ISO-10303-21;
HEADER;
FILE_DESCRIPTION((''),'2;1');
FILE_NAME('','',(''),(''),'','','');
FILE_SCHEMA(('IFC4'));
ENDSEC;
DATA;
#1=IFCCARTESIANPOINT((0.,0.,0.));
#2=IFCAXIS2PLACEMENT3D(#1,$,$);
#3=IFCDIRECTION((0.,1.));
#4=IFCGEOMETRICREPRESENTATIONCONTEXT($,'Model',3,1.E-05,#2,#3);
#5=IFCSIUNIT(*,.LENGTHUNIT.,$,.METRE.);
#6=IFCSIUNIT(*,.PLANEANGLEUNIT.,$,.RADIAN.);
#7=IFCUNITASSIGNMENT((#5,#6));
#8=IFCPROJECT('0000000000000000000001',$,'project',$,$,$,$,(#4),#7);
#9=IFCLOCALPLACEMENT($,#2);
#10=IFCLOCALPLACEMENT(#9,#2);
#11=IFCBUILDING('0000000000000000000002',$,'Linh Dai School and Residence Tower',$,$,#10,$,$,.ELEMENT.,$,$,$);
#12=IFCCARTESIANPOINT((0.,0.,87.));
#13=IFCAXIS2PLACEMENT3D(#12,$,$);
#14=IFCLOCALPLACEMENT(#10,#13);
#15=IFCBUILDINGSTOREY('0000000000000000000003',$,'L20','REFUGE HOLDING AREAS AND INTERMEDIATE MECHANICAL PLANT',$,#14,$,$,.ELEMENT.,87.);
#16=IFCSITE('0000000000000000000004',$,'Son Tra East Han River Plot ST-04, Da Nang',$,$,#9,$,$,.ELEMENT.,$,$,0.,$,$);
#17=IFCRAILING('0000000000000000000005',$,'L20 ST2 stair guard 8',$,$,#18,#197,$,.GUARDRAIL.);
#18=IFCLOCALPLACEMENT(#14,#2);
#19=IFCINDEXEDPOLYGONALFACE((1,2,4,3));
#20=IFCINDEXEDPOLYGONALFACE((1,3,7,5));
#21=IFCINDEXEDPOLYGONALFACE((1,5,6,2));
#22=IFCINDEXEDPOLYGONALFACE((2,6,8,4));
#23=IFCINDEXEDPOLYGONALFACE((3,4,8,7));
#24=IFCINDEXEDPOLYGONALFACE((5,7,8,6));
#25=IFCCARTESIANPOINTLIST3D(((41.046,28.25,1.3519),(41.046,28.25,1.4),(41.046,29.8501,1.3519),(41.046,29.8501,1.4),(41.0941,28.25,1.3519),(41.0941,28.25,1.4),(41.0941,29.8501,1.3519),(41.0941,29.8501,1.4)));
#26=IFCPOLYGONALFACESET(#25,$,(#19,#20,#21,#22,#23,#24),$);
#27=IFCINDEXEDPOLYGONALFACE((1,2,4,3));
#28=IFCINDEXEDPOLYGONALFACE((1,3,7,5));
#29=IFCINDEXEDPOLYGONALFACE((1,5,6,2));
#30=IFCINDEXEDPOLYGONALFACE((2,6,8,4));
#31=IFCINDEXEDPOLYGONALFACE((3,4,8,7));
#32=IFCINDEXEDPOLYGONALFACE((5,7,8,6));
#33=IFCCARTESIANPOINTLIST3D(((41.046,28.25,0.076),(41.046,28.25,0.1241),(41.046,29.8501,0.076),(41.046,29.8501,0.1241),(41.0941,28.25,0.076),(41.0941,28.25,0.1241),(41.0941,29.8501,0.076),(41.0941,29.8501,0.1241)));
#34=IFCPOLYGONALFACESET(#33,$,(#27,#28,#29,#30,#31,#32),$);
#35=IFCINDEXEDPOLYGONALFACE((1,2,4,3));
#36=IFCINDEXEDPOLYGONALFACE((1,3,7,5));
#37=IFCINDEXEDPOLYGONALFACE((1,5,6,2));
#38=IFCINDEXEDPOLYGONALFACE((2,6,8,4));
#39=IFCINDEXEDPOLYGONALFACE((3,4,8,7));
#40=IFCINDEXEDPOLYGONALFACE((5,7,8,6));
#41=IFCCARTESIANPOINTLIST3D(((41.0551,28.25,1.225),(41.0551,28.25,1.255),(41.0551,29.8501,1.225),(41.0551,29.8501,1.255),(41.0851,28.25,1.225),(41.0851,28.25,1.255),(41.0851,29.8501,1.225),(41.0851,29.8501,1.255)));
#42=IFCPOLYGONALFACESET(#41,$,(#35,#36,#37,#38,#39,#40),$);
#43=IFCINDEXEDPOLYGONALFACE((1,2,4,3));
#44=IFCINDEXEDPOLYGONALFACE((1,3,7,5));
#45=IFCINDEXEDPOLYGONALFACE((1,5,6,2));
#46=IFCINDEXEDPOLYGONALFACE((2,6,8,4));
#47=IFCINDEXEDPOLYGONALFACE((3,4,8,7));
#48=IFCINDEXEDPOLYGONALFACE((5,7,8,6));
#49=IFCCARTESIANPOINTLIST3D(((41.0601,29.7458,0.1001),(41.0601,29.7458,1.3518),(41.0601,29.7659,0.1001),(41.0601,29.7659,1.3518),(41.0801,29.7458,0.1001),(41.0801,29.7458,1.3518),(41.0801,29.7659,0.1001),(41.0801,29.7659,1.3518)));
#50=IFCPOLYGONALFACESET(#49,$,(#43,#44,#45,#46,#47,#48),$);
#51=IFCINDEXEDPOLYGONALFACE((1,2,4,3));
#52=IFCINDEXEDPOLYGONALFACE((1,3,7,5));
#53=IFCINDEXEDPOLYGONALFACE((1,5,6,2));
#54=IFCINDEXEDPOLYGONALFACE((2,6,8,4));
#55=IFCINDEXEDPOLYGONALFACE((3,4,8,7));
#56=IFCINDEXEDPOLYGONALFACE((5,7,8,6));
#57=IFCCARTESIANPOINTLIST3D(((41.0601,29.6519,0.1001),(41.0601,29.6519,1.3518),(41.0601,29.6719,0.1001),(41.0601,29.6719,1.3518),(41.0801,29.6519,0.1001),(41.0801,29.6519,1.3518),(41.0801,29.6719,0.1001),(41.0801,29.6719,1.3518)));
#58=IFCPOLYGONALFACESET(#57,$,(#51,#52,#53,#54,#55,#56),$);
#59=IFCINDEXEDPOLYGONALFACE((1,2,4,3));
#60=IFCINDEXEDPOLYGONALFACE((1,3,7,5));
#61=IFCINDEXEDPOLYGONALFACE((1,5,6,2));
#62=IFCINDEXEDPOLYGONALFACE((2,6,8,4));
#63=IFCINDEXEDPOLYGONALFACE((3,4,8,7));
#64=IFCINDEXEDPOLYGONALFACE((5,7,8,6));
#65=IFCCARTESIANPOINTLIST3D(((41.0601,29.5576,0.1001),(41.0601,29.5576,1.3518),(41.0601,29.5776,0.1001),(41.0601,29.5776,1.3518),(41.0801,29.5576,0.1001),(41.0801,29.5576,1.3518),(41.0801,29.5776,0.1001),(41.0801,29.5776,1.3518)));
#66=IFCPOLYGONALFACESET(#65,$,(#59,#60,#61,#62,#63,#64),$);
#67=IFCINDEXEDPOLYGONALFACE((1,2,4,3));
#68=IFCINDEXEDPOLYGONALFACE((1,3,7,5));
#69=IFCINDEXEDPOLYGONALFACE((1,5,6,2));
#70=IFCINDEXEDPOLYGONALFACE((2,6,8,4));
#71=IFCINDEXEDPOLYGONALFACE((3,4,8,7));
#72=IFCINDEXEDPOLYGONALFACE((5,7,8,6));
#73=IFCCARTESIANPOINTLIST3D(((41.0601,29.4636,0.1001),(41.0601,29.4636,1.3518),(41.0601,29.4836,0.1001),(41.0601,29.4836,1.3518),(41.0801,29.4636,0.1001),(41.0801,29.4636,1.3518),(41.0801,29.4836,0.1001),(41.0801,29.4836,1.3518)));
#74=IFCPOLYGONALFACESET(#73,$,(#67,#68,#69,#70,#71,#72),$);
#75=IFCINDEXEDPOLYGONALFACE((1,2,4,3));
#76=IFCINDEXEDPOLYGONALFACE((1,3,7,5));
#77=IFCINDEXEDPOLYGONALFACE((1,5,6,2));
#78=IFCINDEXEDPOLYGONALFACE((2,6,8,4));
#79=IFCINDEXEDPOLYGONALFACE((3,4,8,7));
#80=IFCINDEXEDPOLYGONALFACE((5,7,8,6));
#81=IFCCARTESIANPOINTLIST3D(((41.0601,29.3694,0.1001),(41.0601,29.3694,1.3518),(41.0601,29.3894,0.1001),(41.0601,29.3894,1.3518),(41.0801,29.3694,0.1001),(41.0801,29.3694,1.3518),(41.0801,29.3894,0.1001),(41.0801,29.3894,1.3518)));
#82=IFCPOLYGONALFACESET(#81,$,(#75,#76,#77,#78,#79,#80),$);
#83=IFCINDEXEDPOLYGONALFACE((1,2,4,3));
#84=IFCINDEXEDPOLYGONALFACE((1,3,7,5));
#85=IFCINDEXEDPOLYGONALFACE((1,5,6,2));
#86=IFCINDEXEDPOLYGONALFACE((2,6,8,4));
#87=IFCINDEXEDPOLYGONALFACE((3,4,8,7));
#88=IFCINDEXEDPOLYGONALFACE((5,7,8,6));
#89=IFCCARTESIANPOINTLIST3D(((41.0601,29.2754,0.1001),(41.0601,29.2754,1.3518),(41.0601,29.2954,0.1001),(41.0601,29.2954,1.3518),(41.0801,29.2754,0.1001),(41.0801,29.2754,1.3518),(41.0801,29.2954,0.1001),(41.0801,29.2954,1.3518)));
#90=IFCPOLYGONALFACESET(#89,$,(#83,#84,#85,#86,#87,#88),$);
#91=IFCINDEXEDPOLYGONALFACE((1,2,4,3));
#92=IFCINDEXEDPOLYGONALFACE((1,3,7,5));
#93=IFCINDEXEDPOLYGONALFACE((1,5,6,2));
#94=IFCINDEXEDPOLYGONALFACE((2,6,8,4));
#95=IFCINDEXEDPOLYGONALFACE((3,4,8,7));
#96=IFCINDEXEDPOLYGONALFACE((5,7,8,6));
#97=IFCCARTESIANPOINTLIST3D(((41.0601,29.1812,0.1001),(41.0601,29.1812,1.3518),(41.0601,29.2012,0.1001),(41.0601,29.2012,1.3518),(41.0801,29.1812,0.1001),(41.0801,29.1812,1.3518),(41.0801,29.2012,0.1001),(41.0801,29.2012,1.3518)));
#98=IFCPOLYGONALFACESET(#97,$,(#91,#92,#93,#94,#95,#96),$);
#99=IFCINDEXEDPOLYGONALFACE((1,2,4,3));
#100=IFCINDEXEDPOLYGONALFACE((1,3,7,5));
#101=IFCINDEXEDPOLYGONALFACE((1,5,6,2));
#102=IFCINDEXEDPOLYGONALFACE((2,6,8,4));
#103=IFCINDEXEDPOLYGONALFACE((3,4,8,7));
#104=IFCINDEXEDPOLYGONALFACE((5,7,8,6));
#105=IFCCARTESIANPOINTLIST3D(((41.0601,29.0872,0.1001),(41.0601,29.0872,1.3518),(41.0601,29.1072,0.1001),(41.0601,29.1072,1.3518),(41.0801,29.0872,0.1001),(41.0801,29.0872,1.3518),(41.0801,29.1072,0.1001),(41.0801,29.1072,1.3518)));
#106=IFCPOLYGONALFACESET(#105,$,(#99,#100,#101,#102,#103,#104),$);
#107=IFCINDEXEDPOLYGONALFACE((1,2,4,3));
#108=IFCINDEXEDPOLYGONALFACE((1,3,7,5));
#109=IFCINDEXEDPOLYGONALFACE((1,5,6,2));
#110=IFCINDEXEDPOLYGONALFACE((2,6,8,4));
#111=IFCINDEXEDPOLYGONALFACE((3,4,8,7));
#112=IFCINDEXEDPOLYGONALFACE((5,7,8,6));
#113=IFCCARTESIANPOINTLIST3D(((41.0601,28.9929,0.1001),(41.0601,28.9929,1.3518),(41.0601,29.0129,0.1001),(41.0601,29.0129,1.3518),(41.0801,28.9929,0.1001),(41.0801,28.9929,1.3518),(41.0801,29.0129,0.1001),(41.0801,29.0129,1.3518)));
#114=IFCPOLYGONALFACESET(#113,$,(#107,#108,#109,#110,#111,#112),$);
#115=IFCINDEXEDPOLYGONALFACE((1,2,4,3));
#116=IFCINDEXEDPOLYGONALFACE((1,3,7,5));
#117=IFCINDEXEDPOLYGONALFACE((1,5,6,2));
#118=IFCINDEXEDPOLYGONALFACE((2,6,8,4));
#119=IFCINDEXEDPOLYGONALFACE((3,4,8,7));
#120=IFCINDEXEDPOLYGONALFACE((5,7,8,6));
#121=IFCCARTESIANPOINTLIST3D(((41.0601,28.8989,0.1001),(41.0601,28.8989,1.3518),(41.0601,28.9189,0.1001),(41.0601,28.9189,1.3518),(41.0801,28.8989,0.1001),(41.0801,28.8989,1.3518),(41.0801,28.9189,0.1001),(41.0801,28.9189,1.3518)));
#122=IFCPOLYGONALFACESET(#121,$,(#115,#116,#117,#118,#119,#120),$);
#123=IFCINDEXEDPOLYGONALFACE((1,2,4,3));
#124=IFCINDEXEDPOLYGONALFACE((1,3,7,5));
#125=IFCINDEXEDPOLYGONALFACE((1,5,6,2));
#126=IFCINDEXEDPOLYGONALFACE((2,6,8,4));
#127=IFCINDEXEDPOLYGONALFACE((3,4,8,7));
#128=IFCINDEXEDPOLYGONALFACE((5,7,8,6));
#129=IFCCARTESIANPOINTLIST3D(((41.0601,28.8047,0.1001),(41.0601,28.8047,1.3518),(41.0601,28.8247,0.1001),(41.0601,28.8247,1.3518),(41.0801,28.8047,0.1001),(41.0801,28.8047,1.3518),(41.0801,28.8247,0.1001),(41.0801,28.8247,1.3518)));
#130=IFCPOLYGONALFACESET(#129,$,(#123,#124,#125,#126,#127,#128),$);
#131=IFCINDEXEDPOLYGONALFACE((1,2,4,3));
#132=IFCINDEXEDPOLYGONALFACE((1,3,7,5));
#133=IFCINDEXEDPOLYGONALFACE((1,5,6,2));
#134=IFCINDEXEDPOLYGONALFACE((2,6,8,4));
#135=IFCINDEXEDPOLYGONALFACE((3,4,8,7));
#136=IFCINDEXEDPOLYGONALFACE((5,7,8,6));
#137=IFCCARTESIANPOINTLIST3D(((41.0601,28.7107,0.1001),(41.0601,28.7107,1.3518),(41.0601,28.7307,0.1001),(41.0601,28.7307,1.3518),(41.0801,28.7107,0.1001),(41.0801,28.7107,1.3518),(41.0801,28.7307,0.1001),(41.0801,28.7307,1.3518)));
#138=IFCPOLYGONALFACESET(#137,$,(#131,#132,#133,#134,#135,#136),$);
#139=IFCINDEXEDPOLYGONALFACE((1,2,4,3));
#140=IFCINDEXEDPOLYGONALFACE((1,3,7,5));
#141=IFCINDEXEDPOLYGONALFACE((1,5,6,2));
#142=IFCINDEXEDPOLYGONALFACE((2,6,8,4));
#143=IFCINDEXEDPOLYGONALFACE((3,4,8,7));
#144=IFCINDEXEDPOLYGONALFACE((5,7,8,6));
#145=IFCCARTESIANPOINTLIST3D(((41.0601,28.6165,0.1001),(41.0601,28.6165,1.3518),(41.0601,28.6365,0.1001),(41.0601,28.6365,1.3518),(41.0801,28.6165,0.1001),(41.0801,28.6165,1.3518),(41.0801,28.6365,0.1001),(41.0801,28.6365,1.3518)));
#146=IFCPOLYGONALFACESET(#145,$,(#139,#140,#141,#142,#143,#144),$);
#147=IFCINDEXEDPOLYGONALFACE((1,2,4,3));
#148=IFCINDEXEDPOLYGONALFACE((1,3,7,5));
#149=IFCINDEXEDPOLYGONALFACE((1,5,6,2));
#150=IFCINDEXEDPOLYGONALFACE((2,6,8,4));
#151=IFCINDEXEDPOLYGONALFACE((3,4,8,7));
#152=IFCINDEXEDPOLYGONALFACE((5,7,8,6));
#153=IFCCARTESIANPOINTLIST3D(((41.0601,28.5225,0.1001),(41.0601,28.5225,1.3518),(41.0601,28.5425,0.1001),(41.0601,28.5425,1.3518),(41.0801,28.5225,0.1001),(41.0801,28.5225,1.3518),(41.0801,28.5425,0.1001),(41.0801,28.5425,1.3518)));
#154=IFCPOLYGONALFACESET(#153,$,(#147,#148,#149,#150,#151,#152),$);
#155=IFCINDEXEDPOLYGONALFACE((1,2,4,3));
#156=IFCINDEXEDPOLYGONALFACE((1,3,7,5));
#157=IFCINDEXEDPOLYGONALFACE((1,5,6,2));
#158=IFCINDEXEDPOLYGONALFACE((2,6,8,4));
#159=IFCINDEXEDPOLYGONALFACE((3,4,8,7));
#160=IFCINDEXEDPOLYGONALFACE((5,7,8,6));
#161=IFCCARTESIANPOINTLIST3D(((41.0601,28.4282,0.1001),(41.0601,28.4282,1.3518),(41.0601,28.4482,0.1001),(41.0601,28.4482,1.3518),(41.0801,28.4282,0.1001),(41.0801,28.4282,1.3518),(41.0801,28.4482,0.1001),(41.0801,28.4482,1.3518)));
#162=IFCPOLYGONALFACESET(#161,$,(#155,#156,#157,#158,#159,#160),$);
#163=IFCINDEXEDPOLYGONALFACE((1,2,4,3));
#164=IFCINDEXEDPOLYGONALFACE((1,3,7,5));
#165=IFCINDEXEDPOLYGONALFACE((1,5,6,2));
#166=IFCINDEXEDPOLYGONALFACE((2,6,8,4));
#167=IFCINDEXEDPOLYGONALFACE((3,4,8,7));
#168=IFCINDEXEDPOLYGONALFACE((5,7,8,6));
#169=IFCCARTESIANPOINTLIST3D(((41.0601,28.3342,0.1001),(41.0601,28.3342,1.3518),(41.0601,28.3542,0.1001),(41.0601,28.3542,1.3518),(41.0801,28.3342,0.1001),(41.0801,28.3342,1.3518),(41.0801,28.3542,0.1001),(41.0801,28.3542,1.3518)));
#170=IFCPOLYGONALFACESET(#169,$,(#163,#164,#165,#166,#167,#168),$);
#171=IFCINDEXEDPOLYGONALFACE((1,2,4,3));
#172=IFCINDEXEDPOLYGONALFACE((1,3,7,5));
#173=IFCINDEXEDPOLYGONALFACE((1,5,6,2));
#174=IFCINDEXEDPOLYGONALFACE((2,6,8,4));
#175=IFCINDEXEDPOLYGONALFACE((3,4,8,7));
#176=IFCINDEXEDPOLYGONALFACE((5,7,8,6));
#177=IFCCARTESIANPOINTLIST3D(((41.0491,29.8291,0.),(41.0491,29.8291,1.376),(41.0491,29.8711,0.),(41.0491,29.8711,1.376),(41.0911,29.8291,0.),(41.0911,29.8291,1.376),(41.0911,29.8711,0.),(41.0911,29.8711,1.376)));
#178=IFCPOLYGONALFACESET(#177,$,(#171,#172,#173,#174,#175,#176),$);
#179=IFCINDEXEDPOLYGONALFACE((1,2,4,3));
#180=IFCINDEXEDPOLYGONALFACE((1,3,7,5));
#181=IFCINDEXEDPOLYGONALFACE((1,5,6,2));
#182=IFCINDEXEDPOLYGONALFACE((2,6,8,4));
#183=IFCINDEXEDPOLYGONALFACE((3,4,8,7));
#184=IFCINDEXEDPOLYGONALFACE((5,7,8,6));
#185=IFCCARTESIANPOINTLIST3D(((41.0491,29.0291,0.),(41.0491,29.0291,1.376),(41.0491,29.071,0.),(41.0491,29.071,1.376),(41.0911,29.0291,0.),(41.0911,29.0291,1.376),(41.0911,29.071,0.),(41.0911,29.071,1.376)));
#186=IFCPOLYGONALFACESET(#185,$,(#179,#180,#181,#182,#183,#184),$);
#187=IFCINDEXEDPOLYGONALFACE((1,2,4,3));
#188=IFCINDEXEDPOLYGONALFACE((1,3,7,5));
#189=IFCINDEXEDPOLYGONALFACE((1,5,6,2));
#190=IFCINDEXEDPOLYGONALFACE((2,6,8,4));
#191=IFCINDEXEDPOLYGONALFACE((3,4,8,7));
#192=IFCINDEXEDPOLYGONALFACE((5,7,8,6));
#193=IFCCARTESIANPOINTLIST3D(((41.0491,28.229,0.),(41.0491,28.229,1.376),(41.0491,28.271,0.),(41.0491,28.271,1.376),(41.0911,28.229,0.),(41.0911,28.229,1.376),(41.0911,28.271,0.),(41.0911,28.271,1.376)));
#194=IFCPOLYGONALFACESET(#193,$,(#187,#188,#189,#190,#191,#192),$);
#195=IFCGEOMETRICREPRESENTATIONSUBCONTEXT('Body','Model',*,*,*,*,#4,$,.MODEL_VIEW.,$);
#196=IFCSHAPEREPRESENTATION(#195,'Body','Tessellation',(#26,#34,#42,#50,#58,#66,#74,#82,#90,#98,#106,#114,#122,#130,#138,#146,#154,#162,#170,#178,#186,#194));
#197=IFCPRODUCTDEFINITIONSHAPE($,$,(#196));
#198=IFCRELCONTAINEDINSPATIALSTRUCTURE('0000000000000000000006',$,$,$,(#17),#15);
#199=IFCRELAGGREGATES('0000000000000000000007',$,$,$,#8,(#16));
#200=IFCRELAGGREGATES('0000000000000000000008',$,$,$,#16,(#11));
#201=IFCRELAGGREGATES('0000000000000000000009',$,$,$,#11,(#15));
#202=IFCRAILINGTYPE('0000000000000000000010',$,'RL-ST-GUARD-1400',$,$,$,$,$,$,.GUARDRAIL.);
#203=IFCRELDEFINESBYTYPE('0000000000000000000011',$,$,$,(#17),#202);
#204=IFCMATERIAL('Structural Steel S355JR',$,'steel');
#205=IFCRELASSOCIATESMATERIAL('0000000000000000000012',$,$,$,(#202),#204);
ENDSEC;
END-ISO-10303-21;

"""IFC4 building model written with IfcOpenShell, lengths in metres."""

from ifc_helpers import new_model, si_unit, direction, frame, origin, origin_2d, place, context, subcontext, project, spatial, rectangle, extrude, source, transform, mapped, material, type_object, element, save


model = new_model("IFC4")

# Units and contexts
model_context = context("Model", 3, precision=1e-05, world=origin(), true_north=direction((0.0, 1.0)))
body_context = subcontext(model_context, "Body", "Model", "MODEL_VIEW")
ifc_project = project(units=[si_unit("LENGTHUNIT", "METRE"), si_unit("PLANEANGLEUNIT", "RADIAN")], contexts=[model_context])

# Site, building, storey
site_placement = place(None, origin())
site = spatial("IfcSite", under=ifc_project, at=site_placement, Name="Son Tra East Han River Plot ST-04, Da Nang", CompositionType="ELEMENT", RefElevation=0.0)
building_placement = place(site_placement, origin())
building = spatial("IfcBuilding", under=site, at=building_placement, Name="Linh Dai School and Residence Tower", CompositionType="ELEMENT")
storey_placement = place(building_placement, frame((0.0, 0.0, 87.0)))
storey = spatial("IfcBuildingStorey", under=building, at=storey_placement, Name="L20", Description="REFUGE HOLDING AREAS AND INTERMEDIATE MECHANICAL PLANT", CompositionType="ELEMENT", Elevation=87.0)

# Shared definitions
ifc_material_1 = material(Name="Structural Steel S355JR", Category="steel")

# Railing
railing_type_1 = type_object("IfcRailingType", Name="RL-ST-GUARD-1400", PredefinedType="GUARDRAIL", material=ifc_material_1)
shared_shape_1 = source(origin(), body_context, "Body", "SweptSolid", [
    extrude(rectangle(XDim=0.0481, YDim=0.0481, at=origin_2d()), frame((0.0, 0.0, 1.376), z_axis=(0.0, -1.0, 0.0), x_axis=(1.0, 0.0, 0.0)), (0.0, 0.0, 1.0), 1.6001),
    extrude(rectangle(XDim=0.0481, YDim=0.0481, at=origin_2d()), frame((0.0, 0.0, 0.1001), z_axis=(0.0, -1.0, 0.0), x_axis=(1.0, 0.0, 0.0)), (0.0, 0.0, 1.0), 1.6001),
    extrude(rectangle(XDim=0.03, YDim=0.03, at=origin_2d()), frame((0.0, 0.0, 1.24), z_axis=(0.0, -1.0, 0.0), x_axis=(1.0, 0.0, 0.0)), (0.0, 0.0, 1.0), 1.6001),
    extrude(rectangle(XDim=0.02, YDim=0.02, at=origin_2d()), frame((0.0, -0.0942, 0.1001)), (0.0, 0.0, 1.0), 1.2517),
    extrude(rectangle(XDim=0.02, YDim=0.02, at=origin_2d()), frame((0.0, -0.1882, 0.1001)), (0.0, 0.0, 1.0), 1.2517),
    extrude(rectangle(XDim=0.02, YDim=0.02, at=origin_2d()), frame((0.0, -0.2825, 0.1001)), (0.0, 0.0, 1.0), 1.2517),
    extrude(rectangle(XDim=0.02, YDim=0.02, at=origin_2d()), frame((0.0, -0.3765, 0.1001)), (0.0, 0.0, 1.0), 1.2517),
    extrude(rectangle(XDim=0.02, YDim=0.02, at=origin_2d()), frame((0.0, -0.4707, 0.1001)), (0.0, 0.0, 1.0), 1.2517),
    extrude(rectangle(XDim=0.02, YDim=0.02, at=origin_2d()), frame((0.0, -0.5647, 0.1001)), (0.0, 0.0, 1.0), 1.2517),
    extrude(rectangle(XDim=0.02, YDim=0.02, at=origin_2d()), frame((0.0, -0.6589, 0.1001)), (0.0, 0.0, 1.0), 1.2517),
    extrude(rectangle(XDim=0.02, YDim=0.02, at=origin_2d()), frame((0.0, -0.7529, 0.1001)), (0.0, 0.0, 1.0), 1.2517),
    extrude(rectangle(XDim=0.02, YDim=0.02, at=origin_2d()), frame((0.0, -0.8472, 0.1001)), (0.0, 0.0, 1.0), 1.2517),
    extrude(rectangle(XDim=0.02, YDim=0.02, at=origin_2d()), frame((0.0, -0.9412, 0.1001)), (0.0, 0.0, 1.0), 1.2517),
    extrude(rectangle(XDim=0.02, YDim=0.02, at=origin_2d()), frame((0.0, -1.0354, 0.1001)), (0.0, 0.0, 1.0), 1.2517),
    extrude(rectangle(XDim=0.02, YDim=0.02, at=origin_2d()), frame((0.0, -1.1294, 0.1001)), (0.0, 0.0, 1.0), 1.2517),
    extrude(rectangle(XDim=0.02, YDim=0.02, at=origin_2d()), frame((0.0, -1.2236, 0.1001)), (0.0, 0.0, 1.0), 1.2517),
    extrude(rectangle(XDim=0.02, YDim=0.02, at=origin_2d()), frame((0.0, -1.3176, 0.1001)), (0.0, 0.0, 1.0), 1.2517),
    extrude(rectangle(XDim=0.02, YDim=0.02, at=origin_2d()), frame((0.0, -1.4119, 0.1001)), (0.0, 0.0, 1.0), 1.2517),
    extrude(rectangle(XDim=0.02, YDim=0.02, at=origin_2d()), frame((0.0, -1.5059, 0.1001)), (0.0, 0.0, 1.0), 1.2517),
    extrude(rectangle(XDim=0.042, YDim=0.042, at=origin_2d()), origin(), (0.0, 0.0, 1.0), 1.376),
    extrude(rectangle(XDim=0.042, YDim=0.042, at=origin_2d()), frame((0.0, -0.8, 0.0)), (0.0, 0.0, 1.0), 1.376),
    extrude(rectangle(XDim=0.042, YDim=0.042, at=origin_2d()), frame((0.0, -1.6001, 0.0)), (0.0, 0.0, 1.0), 1.376),
])
for number, where, name in (
    (1, (41.0701, 29.8501, 0.0), "L20 ST2 stair guard 8"),
):
    element("IfcRailing", number, at=place(storey_placement, frame(where)), inside=storey, type_object=railing_type_1, Name=name, PredefinedType="GUARDRAIL", context=body_context, shape_type="MappedRepresentation", body=[
        mapped(shared_shape_1, transform((0.0, 0.0, 0.0), x_axis=(1.0, 0.0, 0.0), y_axis=(0.0, 1.0, 0.0), z_axis=(0.0, 0.0, 1.0), scale=1.0)),
    ])

save(model, "model.ifc")
